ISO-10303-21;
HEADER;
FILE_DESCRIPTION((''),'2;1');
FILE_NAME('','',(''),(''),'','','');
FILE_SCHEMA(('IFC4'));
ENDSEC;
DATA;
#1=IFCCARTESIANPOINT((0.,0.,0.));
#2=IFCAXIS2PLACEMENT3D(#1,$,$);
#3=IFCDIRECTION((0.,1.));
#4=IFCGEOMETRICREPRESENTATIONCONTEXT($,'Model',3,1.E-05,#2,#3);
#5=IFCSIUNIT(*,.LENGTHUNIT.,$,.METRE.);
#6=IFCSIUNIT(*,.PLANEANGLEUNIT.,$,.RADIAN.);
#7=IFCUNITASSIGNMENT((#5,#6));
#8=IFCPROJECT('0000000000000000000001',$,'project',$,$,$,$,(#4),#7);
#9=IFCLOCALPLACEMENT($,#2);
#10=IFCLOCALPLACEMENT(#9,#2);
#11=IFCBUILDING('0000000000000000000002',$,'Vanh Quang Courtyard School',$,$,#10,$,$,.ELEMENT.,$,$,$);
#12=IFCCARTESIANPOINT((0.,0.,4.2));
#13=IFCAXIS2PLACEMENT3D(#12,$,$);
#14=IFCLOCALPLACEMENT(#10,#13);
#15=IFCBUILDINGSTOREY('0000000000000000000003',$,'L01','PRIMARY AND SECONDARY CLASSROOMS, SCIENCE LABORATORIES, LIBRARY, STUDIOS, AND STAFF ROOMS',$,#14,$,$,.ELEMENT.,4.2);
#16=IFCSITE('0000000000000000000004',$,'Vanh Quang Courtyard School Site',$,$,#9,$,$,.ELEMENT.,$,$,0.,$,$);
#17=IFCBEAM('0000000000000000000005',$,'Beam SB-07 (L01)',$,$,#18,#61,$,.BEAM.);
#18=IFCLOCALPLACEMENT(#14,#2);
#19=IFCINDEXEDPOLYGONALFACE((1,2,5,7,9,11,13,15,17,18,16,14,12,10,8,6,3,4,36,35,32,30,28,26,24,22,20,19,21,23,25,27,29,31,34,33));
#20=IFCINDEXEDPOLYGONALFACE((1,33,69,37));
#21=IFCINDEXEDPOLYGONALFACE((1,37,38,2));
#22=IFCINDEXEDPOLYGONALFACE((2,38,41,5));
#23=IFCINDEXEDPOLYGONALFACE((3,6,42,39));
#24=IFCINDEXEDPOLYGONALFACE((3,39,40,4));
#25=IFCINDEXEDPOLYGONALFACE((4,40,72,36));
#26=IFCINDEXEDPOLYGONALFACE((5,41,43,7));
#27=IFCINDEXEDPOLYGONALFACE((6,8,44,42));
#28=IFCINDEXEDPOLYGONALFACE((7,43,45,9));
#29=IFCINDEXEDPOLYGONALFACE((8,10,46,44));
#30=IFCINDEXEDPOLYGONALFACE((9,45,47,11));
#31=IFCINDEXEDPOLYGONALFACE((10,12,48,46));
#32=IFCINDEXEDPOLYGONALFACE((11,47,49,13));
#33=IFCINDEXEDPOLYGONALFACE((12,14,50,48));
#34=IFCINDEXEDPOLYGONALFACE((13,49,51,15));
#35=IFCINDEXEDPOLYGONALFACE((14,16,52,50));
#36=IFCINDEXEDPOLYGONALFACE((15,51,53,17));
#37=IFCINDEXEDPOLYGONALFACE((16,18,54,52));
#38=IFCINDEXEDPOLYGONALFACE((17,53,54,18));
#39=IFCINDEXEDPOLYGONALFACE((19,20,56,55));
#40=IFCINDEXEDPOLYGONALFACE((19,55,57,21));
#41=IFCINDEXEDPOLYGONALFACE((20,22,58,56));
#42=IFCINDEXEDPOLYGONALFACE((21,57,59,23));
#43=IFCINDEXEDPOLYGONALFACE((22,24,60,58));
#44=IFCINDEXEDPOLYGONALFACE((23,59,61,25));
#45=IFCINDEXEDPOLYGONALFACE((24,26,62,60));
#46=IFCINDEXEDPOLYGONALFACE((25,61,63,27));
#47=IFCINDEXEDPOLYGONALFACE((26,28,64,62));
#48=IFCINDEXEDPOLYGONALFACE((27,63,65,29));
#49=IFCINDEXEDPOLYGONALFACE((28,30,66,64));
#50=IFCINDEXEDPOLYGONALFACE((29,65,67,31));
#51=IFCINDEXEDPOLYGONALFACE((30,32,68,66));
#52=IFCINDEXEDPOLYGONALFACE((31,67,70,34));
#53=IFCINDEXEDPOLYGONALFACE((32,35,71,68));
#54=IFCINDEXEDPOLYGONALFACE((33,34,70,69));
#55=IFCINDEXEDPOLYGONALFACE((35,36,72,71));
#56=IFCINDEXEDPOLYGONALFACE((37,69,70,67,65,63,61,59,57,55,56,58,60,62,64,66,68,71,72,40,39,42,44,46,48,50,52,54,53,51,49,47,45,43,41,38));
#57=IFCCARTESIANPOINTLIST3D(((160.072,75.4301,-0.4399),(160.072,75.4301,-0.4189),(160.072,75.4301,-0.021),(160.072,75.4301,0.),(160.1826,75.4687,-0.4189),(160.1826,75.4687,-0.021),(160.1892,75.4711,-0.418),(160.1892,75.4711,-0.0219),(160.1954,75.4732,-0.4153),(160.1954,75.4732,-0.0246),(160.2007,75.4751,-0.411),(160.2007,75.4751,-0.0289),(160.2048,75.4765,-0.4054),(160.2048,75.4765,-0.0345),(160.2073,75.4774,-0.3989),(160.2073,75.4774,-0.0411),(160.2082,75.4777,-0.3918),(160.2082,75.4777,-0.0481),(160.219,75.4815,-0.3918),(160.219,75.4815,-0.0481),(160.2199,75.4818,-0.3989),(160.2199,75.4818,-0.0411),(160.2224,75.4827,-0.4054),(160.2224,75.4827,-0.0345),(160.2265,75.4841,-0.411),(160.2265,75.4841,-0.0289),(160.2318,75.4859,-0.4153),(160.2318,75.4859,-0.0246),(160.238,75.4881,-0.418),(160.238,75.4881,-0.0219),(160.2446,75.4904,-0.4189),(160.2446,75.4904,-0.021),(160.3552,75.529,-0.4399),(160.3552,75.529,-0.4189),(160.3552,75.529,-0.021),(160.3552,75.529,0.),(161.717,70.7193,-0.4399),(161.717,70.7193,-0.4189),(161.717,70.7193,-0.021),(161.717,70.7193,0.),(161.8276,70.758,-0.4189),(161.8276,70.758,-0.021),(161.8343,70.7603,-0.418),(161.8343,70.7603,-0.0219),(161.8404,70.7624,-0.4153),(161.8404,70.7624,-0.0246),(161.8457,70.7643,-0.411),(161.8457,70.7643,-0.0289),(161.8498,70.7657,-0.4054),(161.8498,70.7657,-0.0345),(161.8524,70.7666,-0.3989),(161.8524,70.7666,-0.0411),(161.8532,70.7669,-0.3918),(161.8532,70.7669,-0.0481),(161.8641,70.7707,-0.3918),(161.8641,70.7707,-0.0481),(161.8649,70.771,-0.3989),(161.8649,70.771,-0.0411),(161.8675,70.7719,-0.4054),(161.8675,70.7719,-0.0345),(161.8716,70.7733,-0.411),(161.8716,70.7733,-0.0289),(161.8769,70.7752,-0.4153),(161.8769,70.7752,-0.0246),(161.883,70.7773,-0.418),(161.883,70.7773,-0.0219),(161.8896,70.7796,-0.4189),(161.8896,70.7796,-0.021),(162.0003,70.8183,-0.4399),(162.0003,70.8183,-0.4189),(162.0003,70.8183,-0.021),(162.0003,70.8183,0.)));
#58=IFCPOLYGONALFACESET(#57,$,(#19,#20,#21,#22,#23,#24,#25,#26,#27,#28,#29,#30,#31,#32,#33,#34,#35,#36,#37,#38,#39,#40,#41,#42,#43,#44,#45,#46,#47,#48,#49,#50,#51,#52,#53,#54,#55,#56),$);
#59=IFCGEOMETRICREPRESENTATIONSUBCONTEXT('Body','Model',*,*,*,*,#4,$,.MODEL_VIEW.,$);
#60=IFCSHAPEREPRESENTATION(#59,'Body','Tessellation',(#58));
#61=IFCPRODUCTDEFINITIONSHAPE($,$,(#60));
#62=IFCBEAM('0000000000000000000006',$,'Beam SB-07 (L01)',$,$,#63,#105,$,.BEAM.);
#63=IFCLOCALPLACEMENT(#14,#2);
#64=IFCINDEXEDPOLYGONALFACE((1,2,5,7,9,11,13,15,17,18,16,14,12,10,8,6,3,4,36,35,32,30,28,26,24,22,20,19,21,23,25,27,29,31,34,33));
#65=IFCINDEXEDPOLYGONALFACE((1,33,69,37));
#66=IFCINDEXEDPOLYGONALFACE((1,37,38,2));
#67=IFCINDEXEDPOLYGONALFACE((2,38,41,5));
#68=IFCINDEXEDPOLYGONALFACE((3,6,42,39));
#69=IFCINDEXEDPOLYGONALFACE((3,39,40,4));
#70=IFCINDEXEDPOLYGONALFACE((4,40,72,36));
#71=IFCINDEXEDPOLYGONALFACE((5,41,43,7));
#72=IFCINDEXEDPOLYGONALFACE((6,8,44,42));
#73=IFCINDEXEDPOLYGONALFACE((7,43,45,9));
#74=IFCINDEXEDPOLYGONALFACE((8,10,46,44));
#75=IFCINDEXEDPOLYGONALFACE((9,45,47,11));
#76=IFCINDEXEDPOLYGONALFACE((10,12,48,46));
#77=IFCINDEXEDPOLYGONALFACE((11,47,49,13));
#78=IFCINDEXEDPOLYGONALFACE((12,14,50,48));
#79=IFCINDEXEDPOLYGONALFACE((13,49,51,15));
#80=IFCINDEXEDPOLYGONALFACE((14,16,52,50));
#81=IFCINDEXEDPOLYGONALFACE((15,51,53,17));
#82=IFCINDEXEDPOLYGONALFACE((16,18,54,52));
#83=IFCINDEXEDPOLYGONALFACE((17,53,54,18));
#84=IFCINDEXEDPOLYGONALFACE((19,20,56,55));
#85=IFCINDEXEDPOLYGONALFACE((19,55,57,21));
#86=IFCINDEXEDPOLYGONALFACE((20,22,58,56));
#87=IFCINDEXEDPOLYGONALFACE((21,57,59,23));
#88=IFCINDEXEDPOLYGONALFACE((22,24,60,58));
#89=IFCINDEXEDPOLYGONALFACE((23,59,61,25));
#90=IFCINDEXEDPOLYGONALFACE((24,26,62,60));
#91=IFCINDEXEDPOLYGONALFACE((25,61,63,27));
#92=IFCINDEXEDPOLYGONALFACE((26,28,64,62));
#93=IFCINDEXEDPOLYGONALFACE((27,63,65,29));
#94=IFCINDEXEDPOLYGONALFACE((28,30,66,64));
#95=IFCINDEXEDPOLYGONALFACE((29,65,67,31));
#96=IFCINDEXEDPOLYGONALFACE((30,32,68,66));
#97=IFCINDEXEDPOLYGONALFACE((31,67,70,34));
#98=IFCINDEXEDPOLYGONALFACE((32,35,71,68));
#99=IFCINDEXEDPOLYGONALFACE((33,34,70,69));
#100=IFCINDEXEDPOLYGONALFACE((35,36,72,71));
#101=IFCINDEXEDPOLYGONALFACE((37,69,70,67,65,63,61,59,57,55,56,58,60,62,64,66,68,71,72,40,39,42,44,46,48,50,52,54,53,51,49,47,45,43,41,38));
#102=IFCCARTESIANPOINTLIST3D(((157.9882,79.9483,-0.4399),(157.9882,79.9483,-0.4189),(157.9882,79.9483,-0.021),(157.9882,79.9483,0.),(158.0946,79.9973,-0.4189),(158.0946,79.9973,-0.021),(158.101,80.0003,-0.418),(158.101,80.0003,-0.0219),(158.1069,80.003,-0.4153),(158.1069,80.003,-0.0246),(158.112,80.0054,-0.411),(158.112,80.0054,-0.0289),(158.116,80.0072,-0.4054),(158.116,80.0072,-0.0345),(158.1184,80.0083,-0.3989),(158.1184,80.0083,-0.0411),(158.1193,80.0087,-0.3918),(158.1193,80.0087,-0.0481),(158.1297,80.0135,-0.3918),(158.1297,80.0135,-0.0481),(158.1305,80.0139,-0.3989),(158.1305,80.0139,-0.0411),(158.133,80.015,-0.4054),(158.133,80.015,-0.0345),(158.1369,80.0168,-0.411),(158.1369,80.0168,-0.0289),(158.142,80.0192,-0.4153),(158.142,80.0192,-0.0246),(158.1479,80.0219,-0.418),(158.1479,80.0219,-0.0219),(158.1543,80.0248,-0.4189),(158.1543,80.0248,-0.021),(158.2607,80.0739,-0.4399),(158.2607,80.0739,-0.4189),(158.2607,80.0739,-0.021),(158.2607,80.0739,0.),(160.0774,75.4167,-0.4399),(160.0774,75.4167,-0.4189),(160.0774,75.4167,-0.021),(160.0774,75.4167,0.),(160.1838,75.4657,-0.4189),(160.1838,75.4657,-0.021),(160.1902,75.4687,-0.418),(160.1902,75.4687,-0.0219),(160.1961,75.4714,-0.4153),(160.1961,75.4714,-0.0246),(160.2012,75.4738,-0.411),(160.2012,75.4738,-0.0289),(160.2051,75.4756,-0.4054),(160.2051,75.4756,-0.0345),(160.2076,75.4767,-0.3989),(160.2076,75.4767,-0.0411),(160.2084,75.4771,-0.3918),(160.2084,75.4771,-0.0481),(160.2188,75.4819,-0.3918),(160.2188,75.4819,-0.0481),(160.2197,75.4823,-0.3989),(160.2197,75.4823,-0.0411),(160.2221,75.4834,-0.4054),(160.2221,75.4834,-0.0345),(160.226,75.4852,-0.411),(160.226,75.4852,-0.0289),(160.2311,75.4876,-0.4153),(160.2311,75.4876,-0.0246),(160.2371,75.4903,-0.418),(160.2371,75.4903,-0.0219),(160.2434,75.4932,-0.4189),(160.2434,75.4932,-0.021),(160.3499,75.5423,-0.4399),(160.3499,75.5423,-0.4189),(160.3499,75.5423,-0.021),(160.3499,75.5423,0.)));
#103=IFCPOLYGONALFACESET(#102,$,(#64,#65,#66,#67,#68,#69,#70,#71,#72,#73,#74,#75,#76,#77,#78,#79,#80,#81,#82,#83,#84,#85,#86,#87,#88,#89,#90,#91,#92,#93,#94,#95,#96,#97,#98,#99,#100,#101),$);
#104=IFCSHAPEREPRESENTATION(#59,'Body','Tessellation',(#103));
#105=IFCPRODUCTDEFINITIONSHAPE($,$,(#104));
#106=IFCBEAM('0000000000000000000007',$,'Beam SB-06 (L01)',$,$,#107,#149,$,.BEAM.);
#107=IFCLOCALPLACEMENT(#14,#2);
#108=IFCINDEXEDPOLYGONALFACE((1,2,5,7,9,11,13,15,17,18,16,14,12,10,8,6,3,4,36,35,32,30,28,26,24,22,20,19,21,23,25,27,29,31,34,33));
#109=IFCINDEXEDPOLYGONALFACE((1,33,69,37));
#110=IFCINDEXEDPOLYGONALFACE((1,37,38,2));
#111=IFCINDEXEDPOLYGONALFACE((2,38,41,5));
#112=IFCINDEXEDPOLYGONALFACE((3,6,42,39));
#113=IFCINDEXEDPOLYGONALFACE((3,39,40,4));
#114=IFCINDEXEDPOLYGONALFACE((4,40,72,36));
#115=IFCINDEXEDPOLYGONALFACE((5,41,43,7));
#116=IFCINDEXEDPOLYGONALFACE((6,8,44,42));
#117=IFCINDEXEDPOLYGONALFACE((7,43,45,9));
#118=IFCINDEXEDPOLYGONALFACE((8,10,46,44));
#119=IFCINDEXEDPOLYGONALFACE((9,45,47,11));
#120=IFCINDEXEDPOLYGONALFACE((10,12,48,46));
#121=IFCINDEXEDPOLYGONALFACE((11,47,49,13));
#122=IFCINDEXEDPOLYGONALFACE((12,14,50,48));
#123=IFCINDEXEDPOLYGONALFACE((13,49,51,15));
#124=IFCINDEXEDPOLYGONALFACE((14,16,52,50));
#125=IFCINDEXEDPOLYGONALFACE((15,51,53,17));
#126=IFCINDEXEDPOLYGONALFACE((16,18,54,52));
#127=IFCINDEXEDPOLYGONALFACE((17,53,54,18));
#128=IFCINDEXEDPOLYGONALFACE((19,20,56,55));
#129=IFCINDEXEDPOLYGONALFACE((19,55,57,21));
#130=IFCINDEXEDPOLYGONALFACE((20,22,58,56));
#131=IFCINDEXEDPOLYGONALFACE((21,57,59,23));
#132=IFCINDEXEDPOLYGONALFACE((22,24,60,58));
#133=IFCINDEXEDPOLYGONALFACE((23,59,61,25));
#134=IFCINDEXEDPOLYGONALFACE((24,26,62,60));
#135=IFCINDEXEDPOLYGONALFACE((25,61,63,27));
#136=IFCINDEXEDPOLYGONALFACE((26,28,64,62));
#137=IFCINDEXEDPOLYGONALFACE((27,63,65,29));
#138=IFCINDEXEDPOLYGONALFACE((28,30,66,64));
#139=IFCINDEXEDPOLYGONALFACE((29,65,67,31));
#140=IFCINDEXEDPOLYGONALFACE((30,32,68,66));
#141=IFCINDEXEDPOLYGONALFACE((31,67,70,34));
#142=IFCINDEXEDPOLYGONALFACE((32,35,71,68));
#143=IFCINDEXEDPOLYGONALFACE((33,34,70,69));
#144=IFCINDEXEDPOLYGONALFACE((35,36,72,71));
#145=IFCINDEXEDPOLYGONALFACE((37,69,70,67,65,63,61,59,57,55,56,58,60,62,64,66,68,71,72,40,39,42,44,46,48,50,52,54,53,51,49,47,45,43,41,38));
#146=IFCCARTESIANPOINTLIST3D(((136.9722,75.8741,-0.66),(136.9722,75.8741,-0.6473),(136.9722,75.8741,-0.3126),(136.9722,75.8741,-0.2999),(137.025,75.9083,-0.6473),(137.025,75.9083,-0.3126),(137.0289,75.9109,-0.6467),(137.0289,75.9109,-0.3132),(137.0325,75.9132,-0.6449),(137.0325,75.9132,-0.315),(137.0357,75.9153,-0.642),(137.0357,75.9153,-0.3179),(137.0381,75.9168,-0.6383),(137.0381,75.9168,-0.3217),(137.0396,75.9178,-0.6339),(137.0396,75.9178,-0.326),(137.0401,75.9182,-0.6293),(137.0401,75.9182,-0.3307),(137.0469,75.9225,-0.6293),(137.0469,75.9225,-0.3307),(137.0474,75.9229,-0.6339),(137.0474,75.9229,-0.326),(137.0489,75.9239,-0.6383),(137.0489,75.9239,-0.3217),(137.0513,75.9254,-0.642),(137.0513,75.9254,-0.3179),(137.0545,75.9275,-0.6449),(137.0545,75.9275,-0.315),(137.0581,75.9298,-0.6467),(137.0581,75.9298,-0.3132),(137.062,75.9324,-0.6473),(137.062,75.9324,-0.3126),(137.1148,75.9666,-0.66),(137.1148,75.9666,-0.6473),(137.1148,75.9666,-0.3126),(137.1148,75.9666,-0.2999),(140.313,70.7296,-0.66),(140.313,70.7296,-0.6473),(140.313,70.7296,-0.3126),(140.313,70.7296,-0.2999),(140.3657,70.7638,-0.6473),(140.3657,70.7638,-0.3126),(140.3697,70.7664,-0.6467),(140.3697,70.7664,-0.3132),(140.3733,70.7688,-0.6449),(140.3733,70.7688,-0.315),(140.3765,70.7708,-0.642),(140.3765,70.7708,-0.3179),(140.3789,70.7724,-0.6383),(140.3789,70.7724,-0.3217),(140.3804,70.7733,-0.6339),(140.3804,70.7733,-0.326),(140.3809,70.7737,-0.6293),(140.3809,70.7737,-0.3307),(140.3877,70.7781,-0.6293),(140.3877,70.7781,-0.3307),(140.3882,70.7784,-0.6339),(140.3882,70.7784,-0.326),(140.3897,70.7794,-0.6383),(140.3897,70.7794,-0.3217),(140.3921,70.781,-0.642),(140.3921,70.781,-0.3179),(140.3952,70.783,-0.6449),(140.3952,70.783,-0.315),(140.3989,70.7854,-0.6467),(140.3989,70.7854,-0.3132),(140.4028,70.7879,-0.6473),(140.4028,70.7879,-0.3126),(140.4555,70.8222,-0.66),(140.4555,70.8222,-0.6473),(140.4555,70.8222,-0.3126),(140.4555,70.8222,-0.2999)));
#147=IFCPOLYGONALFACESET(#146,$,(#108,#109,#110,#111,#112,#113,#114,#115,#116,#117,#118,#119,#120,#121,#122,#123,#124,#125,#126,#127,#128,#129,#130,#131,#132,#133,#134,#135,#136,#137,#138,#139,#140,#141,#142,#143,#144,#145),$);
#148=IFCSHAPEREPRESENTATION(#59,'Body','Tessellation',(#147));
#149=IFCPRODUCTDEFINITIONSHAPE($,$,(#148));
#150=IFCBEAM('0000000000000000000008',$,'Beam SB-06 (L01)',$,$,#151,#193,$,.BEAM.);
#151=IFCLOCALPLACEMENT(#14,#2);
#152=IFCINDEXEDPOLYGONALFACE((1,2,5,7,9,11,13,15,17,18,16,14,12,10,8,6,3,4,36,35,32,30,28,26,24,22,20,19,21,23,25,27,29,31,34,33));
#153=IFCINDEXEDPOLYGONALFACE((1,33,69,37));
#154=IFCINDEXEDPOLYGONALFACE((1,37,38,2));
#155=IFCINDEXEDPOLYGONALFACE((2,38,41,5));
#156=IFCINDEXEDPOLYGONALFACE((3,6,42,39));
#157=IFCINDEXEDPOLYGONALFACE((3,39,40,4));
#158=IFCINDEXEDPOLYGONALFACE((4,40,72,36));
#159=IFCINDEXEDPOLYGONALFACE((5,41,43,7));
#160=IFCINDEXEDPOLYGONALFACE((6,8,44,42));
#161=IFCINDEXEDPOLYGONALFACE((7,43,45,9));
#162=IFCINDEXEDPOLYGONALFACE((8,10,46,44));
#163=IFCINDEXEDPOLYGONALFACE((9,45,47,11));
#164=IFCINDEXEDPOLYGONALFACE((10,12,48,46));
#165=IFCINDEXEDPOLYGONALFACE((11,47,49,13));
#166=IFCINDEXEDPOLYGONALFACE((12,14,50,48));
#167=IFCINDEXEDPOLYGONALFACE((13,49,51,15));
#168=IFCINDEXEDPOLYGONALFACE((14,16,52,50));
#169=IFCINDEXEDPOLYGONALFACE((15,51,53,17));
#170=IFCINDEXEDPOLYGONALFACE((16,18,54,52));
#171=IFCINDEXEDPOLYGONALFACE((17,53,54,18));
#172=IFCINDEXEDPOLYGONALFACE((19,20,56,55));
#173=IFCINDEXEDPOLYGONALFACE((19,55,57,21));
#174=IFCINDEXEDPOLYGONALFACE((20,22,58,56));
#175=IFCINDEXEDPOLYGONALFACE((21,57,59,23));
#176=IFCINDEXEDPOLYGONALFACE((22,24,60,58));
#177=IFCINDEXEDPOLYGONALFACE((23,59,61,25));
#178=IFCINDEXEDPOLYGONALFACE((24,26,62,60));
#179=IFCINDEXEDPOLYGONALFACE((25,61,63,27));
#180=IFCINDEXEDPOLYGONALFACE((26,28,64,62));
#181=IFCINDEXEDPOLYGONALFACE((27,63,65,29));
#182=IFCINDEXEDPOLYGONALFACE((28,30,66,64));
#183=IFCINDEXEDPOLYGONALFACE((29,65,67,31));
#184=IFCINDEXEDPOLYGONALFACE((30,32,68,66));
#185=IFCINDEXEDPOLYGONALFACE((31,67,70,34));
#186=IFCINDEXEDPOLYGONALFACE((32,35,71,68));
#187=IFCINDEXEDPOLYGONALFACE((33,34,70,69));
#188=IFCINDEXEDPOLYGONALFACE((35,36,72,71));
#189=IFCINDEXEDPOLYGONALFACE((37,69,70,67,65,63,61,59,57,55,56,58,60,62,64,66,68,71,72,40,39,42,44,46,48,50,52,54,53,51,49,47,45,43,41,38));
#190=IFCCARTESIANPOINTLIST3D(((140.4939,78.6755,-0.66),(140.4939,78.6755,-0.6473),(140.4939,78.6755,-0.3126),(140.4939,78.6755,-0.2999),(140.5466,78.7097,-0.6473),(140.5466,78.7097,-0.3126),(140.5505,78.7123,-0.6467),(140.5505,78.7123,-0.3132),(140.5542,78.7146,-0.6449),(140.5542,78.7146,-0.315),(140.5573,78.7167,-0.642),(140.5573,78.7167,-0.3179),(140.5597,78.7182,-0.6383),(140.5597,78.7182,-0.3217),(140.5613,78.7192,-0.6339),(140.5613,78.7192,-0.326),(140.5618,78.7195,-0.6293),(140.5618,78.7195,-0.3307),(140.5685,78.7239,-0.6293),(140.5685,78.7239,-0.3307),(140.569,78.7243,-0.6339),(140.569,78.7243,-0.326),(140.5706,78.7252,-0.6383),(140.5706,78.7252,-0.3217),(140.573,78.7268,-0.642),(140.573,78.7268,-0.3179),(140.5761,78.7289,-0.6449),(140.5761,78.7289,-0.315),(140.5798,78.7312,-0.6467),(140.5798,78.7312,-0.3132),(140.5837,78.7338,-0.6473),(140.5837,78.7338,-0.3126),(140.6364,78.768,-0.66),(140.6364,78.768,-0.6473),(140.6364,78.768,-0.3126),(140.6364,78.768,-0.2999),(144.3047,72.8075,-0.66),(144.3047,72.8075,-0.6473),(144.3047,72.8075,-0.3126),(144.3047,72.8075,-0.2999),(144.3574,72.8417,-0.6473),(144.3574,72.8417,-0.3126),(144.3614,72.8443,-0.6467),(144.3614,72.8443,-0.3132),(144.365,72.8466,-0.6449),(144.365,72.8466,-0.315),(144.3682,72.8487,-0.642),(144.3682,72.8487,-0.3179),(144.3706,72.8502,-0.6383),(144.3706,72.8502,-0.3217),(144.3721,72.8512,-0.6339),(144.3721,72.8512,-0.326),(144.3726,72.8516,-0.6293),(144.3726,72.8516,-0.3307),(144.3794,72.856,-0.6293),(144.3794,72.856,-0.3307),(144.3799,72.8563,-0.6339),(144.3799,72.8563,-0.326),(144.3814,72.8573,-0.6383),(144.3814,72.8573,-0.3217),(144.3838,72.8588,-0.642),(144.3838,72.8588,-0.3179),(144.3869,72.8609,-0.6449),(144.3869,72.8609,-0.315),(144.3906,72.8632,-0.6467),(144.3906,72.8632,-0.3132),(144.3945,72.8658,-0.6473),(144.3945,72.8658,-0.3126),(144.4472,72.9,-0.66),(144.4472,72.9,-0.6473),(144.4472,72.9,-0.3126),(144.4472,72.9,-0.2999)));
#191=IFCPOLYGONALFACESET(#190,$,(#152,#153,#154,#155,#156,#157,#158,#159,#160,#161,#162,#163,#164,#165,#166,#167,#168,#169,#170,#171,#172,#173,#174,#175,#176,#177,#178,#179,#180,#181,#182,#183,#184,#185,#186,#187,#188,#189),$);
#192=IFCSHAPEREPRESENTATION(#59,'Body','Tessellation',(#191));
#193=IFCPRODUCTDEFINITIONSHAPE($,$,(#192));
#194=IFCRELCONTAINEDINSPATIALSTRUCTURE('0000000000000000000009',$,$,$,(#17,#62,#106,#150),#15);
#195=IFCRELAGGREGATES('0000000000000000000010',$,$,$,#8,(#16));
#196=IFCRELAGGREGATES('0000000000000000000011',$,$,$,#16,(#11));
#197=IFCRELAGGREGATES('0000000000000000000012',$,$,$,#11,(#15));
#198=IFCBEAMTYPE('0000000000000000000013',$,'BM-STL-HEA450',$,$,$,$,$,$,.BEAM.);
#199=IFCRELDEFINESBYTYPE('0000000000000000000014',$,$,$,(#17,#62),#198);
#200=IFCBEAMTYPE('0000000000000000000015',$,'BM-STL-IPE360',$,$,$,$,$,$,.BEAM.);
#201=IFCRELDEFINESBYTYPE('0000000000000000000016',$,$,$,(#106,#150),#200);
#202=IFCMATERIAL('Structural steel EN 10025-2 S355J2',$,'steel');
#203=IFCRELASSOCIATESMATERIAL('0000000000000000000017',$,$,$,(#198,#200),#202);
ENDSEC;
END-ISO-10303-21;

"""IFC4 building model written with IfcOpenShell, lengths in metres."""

from ifc_helpers import new_model, si_unit, direction, frame, origin, origin_2d, place, context, subcontext, project, spatial, i_section, extrude, material, material_profile, profile_set, type_object, element, save


model = new_model("IFC4")

# Units and contexts
model_context = context("Model", 3, precision=1e-05, world=origin(), true_north=direction((0.0, 1.0)))
body_context = subcontext(model_context, "Body", "Model", "MODEL_VIEW")
ifc_project = project(units=[si_unit("LENGTHUNIT", "METRE"), si_unit("PLANEANGLEUNIT", "RADIAN")], contexts=[model_context])

# Site, building, storey
site_placement = place(None, origin())
site = spatial("IfcSite", under=ifc_project, at=site_placement, Name="Vanh Quang Courtyard School Site", CompositionType="ELEMENT", RefElevation=0.0)
building_placement = place(site_placement, origin())
building = spatial("IfcBuilding", under=site, at=building_placement, Name="Vanh Quang Courtyard School", CompositionType="ELEMENT")
storey_placement = place(building_placement, frame((0.0, 0.0, 4.2)))
storey = spatial("IfcBuildingStorey", under=building, at=storey_placement, Name="L01", Description="PRIMARY AND SECONDARY CLASSROOMS, SCIENCE LABORATORIES, LIBRARY, STUDIOS, AND STAFF ROOMS", CompositionType="ELEMENT", Elevation=4.2)

# Shared definitions
ifc_material_1 = material(Name="Structural steel EN 10025-2 S355J2", Category="steel")

# Beams
ifc_material_profile_1 = material_profile(ifc_material_1, i_section(OverallWidth=0.3, OverallDepth=0.4399, WebThickness=0.0115, FlangeThickness=0.021, FilletRadius=0.0271, at=origin_2d()), Name="HEA 450")
ifc_profile_set_1 = profile_set([ifc_material_profile_1], Name="Structural steel EN 10025-2 S355J2")
beam_type_1 = type_object("IfcBeamType", Name="BM-STL-HEA450", PredefinedType="BEAM", material=ifc_profile_set_1)
beam_1_placement = place(storey_placement, frame((161.8586, 70.7688, -0.22), z_axis=(-0.329686, 0.944091, 0.0), x_axis=(-0.944091, -0.329686, 0.0)))
element("IfcBeam", 1, at=beam_1_placement, inside=storey, type_object=beam_type_1, Name="Beam SB-07 (L01)", PredefinedType="BEAM", context=body_context, shape_type="SweptSolid", body=[
    extrude(i_section(OverallWidth=0.3, OverallDepth=0.4399, WebThickness=0.0115, FlangeThickness=0.021, FilletRadius=0.0271, at=origin_2d()), origin(), (0.0, 0.0, 1.0), 4.9897),
])
beam_2_placement = place(storey_placement, frame((160.2136, 75.4795, -0.22), z_axis=(-0.41867, 0.908138, 0.0), x_axis=(-0.908138, -0.41867, 0.0)))
element("IfcBeam", 2, at=beam_2_placement, inside=storey, type_object=beam_type_1, Name="Beam SB-07 (L01)", PredefinedType="BEAM", context=body_context, shape_type="SweptSolid", body=[
    extrude(i_section(OverallWidth=0.3, OverallDepth=0.4399, WebThickness=0.0115, FlangeThickness=0.021, FilletRadius=0.0271, at=origin_2d()), origin(), (0.0, 0.0, 1.0), 4.99),
])
ifc_material_profile_2 = material_profile(ifc_material_1, i_section(OverallWidth=0.1699, OverallDepth=0.3601, WebThickness=0.0081, FlangeThickness=0.0127, FilletRadius=0.0181, at=origin_2d()), Name="IPE 360")
ifc_profile_set_2 = profile_set([ifc_material_profile_2], Name="Structural steel EN 10025-2 S355J2")
beam_type_2 = type_object("IfcBeamType", Name="BM-STL-IPE360", PredefinedType="BEAM", material=ifc_profile_set_2)
beam_3_placement = place(storey_placement, frame((140.3843, 70.7759, -0.48), z_axis=(-0.54463, 0.838676, 0.0), x_axis=(-0.838676, -0.54463, 0.0)))
element("IfcBeam", 3, at=beam_3_placement, inside=storey, type_object=beam_type_2, Name="Beam SB-06 (L01)", PredefinedType="BEAM", context=body_context, shape_type="SweptSolid", body=[
    extrude(i_section(OverallWidth=0.1699, OverallDepth=0.3601, WebThickness=0.0081, FlangeThickness=0.0127, FilletRadius=0.0181, at=origin_2d()), origin(), (0.0, 0.0, 1.0), 6.134),
])
beam_4_placement = place(storey_placement, frame((144.376, 72.8538, -0.48), z_axis=(-0.544651, 0.838663, 0.0), x_axis=(-0.838663, -0.544651, 0.0)))
element("IfcBeam", 4, at=beam_4_placement, inside=storey, type_object=beam_type_2, Name="Beam SB-06 (L01)", PredefinedType="BEAM", context=body_context, shape_type="SweptSolid", body=[
    extrude(i_section(OverallWidth=0.1699, OverallDepth=0.3601, WebThickness=0.0081, FlangeThickness=0.0127, FilletRadius=0.0181, at=origin_2d()), origin(), (0.0, 0.0, 1.0), 6.9968),
])

save(model, "model.ifc")
